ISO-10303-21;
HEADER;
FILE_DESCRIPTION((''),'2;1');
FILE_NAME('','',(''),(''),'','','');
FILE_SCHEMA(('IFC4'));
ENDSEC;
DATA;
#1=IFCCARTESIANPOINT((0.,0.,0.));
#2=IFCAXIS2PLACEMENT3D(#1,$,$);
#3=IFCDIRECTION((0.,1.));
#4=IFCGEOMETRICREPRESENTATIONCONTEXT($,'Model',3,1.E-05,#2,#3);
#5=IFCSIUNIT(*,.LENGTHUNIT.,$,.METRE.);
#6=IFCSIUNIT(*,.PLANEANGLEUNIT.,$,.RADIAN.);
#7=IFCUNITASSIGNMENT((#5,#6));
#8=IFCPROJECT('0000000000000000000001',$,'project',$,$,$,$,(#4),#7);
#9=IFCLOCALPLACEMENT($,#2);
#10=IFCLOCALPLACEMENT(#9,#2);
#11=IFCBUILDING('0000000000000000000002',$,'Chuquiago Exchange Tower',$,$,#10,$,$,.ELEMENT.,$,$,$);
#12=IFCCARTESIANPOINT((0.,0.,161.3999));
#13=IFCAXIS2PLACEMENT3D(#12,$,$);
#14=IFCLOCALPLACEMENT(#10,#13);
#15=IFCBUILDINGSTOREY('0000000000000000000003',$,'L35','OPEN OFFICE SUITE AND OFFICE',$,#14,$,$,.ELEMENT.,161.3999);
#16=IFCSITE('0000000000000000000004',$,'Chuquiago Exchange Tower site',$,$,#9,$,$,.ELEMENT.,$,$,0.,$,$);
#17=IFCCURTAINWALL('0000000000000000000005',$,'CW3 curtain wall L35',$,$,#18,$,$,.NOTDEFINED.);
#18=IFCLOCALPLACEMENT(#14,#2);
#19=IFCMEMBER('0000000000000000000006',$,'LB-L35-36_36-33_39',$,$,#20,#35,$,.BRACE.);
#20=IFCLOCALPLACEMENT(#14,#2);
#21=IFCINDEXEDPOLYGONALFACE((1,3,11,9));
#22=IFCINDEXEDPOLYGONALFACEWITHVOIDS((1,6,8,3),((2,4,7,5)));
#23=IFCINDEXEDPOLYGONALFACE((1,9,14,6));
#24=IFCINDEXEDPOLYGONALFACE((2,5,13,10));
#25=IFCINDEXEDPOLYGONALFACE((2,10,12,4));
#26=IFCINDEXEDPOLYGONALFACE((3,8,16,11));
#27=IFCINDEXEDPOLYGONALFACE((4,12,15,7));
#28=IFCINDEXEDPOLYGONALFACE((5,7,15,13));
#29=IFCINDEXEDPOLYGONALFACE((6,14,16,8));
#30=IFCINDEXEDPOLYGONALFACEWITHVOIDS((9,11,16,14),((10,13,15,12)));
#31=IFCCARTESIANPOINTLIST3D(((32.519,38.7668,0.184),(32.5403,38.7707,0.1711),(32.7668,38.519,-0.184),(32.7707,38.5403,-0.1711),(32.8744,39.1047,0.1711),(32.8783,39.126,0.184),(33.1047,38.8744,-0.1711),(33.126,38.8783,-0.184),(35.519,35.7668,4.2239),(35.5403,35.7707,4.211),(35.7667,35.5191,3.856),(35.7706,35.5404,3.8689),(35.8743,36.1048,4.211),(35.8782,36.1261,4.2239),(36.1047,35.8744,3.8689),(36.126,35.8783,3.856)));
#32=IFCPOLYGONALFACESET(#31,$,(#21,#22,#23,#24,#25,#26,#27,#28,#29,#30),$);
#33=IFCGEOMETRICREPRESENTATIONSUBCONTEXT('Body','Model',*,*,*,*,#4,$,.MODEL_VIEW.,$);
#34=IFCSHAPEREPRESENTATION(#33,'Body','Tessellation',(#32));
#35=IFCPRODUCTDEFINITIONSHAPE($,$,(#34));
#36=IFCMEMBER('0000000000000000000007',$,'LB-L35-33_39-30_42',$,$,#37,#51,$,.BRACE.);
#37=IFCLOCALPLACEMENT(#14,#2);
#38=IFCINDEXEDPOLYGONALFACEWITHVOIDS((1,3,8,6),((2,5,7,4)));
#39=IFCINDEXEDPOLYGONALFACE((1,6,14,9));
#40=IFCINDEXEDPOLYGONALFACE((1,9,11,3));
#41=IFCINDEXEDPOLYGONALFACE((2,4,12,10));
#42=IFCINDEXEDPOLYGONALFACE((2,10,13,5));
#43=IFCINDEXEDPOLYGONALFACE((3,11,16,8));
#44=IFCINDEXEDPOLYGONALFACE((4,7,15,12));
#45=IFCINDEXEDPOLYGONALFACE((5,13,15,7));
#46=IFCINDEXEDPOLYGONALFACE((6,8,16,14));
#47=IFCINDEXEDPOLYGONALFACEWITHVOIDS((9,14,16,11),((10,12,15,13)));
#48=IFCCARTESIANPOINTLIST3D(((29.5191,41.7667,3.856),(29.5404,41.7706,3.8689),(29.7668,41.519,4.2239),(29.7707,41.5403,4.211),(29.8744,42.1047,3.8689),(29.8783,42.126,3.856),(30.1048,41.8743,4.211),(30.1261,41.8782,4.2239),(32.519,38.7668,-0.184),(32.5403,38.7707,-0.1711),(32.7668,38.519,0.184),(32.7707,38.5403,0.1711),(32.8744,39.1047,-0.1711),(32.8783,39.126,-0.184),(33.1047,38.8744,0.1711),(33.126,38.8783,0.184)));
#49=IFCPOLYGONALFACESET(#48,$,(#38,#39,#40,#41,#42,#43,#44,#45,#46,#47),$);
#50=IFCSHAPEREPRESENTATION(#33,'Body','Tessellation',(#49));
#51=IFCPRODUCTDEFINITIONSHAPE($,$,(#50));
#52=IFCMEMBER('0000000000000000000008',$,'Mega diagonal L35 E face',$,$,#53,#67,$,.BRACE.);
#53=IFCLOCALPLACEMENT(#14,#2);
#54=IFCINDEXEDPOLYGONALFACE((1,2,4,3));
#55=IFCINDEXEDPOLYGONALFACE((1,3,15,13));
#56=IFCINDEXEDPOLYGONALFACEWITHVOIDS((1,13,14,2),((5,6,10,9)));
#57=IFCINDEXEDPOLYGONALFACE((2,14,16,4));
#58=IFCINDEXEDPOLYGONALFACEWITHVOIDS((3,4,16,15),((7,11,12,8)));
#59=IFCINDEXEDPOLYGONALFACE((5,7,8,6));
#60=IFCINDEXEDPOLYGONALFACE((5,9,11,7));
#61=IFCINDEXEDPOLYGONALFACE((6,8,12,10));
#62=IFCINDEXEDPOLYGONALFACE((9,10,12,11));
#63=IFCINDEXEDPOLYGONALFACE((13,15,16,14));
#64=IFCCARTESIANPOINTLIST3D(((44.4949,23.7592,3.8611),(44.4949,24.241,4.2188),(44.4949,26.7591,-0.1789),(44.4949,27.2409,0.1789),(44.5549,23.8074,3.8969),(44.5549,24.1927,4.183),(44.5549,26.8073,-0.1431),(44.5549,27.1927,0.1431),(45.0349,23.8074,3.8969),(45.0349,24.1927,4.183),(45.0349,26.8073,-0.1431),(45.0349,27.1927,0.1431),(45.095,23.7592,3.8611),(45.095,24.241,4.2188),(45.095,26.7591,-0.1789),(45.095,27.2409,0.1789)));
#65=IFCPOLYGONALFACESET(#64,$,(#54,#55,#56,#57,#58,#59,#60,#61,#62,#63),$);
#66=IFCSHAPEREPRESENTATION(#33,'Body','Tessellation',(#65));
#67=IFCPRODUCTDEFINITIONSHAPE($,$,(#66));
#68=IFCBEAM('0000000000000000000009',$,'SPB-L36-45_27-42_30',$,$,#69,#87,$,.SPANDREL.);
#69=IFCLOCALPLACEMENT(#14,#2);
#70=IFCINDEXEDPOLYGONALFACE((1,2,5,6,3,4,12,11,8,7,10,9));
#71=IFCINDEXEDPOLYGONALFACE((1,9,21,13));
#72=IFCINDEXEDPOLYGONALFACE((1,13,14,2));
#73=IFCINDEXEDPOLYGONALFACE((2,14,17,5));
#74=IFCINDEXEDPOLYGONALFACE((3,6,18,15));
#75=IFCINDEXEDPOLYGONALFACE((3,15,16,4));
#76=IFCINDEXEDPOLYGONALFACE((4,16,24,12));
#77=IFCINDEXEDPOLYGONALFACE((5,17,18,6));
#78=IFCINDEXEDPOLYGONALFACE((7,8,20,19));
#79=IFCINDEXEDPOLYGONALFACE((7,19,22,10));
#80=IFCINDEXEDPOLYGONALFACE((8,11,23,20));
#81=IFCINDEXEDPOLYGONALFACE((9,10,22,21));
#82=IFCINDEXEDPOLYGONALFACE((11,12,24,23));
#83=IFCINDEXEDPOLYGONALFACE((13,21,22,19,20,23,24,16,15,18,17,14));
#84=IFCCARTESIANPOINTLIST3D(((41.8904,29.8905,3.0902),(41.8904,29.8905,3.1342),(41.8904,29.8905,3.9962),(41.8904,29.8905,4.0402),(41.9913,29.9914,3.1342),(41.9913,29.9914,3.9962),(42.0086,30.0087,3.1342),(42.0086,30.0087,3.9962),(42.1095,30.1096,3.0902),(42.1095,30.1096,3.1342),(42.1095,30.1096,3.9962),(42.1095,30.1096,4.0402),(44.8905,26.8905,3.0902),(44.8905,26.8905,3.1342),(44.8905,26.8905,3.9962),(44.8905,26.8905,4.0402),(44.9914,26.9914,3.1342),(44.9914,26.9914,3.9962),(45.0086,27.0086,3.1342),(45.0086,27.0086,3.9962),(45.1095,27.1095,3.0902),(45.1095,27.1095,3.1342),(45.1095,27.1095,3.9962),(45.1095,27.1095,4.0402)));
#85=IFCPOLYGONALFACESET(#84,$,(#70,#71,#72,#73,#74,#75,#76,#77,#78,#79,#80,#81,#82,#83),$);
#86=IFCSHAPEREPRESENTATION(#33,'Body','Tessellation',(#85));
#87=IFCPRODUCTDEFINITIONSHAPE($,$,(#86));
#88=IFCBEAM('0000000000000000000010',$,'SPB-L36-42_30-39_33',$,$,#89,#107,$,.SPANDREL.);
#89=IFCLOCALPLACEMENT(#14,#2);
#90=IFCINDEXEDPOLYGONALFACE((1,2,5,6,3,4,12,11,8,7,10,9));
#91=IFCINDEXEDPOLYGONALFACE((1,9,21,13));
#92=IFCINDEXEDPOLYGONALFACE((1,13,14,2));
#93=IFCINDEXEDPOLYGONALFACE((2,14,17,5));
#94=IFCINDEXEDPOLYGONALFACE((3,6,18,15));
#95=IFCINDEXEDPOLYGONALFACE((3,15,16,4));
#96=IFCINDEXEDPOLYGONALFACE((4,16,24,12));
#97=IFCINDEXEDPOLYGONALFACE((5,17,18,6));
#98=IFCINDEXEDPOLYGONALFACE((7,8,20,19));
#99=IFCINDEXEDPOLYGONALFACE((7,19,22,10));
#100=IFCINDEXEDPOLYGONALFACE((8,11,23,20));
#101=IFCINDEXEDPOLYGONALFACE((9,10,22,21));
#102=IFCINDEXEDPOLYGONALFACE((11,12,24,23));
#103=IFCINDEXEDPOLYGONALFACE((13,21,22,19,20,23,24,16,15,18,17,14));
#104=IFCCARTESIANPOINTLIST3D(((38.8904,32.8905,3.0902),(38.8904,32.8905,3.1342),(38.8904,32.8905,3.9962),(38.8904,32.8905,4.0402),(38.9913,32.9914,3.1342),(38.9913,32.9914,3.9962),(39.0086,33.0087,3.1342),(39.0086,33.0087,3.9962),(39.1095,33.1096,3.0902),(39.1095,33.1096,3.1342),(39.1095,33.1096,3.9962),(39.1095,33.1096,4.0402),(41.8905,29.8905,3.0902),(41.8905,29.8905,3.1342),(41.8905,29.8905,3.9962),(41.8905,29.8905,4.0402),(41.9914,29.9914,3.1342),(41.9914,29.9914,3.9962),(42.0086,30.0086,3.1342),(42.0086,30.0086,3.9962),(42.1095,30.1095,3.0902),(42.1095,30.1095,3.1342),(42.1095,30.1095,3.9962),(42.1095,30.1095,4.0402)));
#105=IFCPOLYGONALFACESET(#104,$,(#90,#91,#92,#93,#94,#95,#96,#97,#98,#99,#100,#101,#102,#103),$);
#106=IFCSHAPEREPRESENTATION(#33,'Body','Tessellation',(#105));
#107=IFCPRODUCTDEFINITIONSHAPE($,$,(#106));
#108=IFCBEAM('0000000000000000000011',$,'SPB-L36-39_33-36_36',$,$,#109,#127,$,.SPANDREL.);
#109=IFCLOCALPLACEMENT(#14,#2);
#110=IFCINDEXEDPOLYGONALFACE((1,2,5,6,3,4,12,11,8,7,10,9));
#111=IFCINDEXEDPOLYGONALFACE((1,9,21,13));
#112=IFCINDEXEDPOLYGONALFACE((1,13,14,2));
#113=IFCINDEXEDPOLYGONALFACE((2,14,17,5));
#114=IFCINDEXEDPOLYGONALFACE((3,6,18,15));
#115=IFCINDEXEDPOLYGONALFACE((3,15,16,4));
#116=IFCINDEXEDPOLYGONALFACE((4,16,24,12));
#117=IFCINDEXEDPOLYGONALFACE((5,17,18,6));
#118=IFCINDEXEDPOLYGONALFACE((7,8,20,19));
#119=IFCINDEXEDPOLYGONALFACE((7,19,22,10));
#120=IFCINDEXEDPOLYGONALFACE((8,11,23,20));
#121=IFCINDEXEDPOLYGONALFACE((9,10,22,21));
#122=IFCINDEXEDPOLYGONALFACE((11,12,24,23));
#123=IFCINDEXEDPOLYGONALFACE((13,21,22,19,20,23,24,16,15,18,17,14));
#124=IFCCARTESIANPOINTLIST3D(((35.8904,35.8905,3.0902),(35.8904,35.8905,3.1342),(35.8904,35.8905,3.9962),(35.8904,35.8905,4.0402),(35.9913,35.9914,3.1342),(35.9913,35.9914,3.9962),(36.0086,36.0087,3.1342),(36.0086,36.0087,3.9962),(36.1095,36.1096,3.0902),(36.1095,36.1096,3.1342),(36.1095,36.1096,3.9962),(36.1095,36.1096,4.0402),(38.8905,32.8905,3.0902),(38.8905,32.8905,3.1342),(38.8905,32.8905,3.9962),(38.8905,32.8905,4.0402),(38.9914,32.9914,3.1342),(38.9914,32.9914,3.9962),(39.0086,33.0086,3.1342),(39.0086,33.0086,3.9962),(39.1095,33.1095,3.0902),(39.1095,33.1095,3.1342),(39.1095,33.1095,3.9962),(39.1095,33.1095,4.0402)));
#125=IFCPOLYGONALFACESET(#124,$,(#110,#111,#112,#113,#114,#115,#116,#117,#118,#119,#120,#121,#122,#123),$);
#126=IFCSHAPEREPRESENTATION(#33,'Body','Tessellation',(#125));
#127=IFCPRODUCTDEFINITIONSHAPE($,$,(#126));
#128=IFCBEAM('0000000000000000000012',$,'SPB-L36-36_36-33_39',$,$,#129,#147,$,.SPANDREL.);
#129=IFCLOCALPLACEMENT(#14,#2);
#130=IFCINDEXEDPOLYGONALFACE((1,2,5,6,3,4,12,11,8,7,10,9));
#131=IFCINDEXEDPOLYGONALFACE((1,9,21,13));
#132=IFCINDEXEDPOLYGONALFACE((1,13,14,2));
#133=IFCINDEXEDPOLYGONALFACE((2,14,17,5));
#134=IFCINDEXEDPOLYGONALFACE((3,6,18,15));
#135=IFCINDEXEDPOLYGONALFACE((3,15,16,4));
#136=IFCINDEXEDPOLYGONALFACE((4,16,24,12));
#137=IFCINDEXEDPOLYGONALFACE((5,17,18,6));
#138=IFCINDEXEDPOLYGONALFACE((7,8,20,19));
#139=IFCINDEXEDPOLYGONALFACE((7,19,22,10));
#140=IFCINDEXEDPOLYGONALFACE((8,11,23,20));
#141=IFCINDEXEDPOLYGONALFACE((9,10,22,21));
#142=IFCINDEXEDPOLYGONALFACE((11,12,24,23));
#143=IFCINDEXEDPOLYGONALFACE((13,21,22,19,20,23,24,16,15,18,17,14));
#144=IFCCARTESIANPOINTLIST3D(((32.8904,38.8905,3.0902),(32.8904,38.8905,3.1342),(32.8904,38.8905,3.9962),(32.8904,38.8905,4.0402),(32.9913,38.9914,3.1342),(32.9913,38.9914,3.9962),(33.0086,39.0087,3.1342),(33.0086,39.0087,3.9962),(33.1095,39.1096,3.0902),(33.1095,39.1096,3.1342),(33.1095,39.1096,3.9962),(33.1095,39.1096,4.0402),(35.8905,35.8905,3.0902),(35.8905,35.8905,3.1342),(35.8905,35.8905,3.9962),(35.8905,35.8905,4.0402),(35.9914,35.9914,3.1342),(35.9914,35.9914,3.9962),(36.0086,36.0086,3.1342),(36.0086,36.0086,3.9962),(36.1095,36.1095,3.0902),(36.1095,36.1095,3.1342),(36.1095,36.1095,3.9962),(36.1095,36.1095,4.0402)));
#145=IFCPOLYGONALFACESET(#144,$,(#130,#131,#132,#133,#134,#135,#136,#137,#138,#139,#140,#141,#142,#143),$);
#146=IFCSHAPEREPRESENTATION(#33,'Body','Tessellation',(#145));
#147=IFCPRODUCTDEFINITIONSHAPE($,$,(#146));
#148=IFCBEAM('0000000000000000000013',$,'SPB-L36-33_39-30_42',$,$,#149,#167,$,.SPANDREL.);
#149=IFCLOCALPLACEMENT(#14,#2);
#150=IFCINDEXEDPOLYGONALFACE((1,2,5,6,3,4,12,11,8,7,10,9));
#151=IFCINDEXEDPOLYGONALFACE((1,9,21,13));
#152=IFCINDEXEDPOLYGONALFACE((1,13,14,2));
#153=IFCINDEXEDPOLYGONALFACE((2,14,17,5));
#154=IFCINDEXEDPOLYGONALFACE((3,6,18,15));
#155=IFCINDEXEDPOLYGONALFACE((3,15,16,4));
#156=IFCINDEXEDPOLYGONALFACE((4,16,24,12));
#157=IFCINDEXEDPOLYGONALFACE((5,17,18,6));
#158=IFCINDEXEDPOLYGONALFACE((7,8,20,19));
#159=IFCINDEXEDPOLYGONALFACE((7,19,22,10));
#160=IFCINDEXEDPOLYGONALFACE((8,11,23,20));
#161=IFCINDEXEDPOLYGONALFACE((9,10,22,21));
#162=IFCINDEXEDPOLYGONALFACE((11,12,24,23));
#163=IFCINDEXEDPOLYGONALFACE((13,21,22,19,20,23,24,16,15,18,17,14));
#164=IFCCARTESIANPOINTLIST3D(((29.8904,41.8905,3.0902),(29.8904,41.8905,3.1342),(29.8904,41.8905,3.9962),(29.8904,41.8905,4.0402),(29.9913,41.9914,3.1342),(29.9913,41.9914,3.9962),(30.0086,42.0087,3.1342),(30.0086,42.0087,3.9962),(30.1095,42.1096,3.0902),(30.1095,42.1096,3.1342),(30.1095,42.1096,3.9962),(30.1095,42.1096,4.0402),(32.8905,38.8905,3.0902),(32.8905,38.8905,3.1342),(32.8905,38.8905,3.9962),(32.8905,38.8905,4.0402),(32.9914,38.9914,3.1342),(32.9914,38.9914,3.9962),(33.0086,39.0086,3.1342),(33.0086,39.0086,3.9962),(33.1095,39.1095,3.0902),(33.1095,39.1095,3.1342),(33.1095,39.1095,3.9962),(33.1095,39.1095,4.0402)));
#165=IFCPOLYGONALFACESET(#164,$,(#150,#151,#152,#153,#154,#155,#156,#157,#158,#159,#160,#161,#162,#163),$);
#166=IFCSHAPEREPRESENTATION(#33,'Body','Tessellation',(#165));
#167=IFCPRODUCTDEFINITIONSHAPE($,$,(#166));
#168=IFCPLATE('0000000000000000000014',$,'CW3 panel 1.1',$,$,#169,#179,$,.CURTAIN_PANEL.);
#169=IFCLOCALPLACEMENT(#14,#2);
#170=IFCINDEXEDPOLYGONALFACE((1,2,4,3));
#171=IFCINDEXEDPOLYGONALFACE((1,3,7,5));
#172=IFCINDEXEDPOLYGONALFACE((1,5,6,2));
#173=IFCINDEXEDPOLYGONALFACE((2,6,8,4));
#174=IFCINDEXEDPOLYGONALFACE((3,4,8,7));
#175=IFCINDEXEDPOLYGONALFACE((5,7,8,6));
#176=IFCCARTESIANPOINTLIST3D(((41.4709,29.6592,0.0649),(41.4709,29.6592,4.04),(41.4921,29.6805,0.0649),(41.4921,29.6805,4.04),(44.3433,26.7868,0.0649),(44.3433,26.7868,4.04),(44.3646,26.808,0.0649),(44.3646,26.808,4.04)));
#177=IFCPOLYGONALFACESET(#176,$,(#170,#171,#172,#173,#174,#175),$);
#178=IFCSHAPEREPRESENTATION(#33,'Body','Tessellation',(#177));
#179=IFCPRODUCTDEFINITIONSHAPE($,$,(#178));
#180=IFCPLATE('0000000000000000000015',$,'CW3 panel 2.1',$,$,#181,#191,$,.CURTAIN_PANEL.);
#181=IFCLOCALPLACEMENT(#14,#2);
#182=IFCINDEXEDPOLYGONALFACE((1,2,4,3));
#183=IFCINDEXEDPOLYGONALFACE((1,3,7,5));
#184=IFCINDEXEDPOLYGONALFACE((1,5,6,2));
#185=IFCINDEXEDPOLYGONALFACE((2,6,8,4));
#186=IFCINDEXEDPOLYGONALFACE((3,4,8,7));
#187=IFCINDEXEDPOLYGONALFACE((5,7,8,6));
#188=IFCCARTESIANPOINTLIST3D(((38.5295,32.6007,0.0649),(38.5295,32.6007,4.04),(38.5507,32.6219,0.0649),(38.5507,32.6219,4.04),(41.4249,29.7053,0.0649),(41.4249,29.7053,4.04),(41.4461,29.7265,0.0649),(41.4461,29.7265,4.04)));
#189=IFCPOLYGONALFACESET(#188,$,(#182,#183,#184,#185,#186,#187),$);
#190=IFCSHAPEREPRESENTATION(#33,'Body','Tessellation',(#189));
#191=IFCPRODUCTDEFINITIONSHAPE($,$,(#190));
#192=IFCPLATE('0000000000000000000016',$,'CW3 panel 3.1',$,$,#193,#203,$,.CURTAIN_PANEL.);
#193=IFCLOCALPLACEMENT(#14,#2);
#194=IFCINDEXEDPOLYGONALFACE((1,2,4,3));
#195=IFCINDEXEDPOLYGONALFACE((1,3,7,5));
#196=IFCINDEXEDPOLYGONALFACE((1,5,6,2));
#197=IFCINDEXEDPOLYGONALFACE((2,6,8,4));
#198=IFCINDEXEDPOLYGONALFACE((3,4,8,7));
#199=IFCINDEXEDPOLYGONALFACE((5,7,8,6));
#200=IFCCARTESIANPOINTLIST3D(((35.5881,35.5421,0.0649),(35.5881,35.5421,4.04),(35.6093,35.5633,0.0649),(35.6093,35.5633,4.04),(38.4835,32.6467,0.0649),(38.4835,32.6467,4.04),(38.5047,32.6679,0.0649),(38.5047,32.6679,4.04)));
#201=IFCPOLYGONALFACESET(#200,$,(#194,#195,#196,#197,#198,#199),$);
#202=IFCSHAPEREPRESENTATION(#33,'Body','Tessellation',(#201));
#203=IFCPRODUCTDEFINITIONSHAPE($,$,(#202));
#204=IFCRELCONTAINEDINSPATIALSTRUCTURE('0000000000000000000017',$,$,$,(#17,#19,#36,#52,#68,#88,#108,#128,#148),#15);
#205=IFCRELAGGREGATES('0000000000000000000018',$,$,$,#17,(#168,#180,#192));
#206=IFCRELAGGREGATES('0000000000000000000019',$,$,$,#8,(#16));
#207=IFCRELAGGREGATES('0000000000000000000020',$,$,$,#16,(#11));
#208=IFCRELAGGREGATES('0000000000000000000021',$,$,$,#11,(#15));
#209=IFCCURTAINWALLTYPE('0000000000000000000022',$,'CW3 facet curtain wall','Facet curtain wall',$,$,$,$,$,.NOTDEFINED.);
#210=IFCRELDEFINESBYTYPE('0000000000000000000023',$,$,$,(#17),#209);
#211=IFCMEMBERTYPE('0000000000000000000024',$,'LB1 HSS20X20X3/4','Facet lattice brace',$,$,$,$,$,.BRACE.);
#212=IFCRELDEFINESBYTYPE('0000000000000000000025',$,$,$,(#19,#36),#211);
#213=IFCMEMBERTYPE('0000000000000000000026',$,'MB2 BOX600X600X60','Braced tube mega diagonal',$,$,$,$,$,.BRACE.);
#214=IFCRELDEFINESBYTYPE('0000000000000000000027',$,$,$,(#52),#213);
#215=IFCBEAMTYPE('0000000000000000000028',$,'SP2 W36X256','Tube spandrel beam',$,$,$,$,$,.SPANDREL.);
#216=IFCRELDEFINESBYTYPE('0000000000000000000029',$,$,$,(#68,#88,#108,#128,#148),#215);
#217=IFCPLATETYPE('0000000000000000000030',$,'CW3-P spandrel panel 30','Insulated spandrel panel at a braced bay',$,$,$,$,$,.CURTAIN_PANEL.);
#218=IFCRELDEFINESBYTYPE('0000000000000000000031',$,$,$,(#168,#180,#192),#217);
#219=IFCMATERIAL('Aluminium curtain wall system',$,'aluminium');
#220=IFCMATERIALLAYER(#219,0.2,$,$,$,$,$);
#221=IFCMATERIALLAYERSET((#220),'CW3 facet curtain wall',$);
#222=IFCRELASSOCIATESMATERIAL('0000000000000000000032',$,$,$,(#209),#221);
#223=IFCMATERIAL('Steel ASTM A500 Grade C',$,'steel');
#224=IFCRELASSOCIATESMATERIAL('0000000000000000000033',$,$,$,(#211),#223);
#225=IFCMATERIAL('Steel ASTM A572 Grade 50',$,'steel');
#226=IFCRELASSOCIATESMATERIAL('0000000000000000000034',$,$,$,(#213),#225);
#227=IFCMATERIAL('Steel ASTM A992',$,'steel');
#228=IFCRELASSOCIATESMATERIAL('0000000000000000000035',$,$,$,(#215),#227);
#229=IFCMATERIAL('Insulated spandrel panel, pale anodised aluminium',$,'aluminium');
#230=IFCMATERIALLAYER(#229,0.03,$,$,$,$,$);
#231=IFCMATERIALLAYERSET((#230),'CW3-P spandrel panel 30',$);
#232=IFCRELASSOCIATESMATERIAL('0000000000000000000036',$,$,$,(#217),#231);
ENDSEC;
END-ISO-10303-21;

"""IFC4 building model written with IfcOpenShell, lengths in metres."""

from ifc_helpers import new_model, si_unit, direction, frame, origin, origin_2d, place, context, subcontext, project, spatial, rectangle, hollow_rectangle, i_section, extrude, material, layer, layer_set, material_profile, profile_set, type_object, element, aggregate, save


model = new_model("IFC4")

# Units and contexts
model_context = context("Model", 3, precision=1e-05, world=origin(), true_north=direction((0.0, 1.0)))
body_context = subcontext(model_context, "Body", "Model", "MODEL_VIEW")
ifc_project = project(units=[si_unit("LENGTHUNIT", "METRE"), si_unit("PLANEANGLEUNIT", "RADIAN")], contexts=[model_context])

# Site, building, storey
site_placement = place(None, origin())
site = spatial("IfcSite", under=ifc_project, at=site_placement, Name="Chuquiago Exchange Tower site", CompositionType="ELEMENT", RefElevation=0.0)
building_placement = place(site_placement, origin())
building = spatial("IfcBuilding", under=site, at=building_placement, Name="Chuquiago Exchange Tower", CompositionType="ELEMENT")
storey_placement = place(building_placement, frame((0.0, 0.0, 161.3999)))
storey = spatial("IfcBuildingStorey", under=building, at=storey_placement, Name="L35", Description="OPEN OFFICE SUITE AND OFFICE", CompositionType="ELEMENT", Elevation=161.3999)

# Curtain wall
ifc_material_1 = material(Name="Aluminium curtain wall system", Category="aluminium")
ifc_layer_1 = layer(ifc_material_1, 0.2)
ifc_layer_set_1 = layer_set([ifc_layer_1], Name="CW3 facet curtain wall")
curtain_wall_type = type_object("IfcCurtainWallType", Name="CW3 facet curtain wall", Description="Facet curtain wall", PredefinedType="NOTDEFINED", material=ifc_layer_set_1)
curtain_wall_placement = place(storey_placement, origin())
curtain_wall = element("IfcCurtainWall", 1, at=curtain_wall_placement, inside=storey, type_object=curtain_wall_type, Name="CW3 curtain wall L35", PredefinedType="NOTDEFINED")

# Members
ifc_material_2 = material(Name="Steel ASTM A500 Grade C", Category="steel")
ifc_material_profile_1 = material_profile(ifc_material_2, hollow_rectangle(XDim=0.5081, YDim=0.5081, WallThickness=0.0178, at=origin_2d()), Name="HSS20X20X3/4")
ifc_profile_set_1 = profile_set([ifc_material_profile_1], Name="Steel ASTM A500 Grade C")
member_type_1 = type_object("IfcMemberType", Name="LB1 HSS20X20X3/4", Description="Facet lattice brace", PredefinedType="BRACE", material=ifc_profile_set_1)
for number, where, z_axis, x_axis, name in (
    (2, (32.8225, 38.8225, 0.0), (0.512077, -0.512077, 0.689604), (0.707107, 0.707107, 0.0), "LB-L35-36_36-33_39"),
    (3, (32.8225, 38.8225, 0.0), (-0.512077, 0.512077, 0.689604), (-0.707107, -0.707107, 0.0), "LB-L35-33_39-30_42"),
):
    element("IfcMember", number, at=place(storey_placement, frame(where, z_axis=z_axis, x_axis=x_axis)), inside=storey, type_object=member_type_1, Name=name, PredefinedType="BRACE", context=body_context, shape_type="SweptSolid", body=[
        extrude(hollow_rectangle(XDim=0.5081, YDim=0.5081, WallThickness=0.0178, at=origin_2d()), origin(), (0.0, 0.0, 1.0), 5.8584),
    ])
ifc_material_3 = material(Name="Steel ASTM A572 Grade 50", Category="steel")
ifc_material_profile_2 = material_profile(ifc_material_3, hollow_rectangle(XDim=0.6001, YDim=0.6001, WallThickness=0.0601, at=origin_2d()), Name="BOX600X600X60")
ifc_profile_set_2 = profile_set([ifc_material_profile_2], Name="Steel ASTM A572 Grade 50")
member_type_2 = type_object("IfcMemberType", Name="MB2 BOX600X600X60", Description="Braced tube mega diagonal", PredefinedType="BRACE", material=ifc_profile_set_2)
member_1_placement = place(storey_placement, frame((44.7949, 27.0, 0.0), z_axis=(0.0, -0.596174, 0.802855), x_axis=(1.0, 0.0, 0.0)))
element("IfcMember", 4, at=member_1_placement, inside=storey, type_object=member_type_2, Name="Mega diagonal L35 E face", PredefinedType="BRACE", context=body_context, shape_type="SweptSolid", body=[
    extrude(hollow_rectangle(XDim=0.6001, YDim=0.6001, WallThickness=0.0601, at=origin_2d()), origin(), (0.0, 0.0, 1.0), 5.032),
])

# Beams
ifc_material_4 = material(Name="Steel ASTM A992", Category="steel")
ifc_material_profile_3 = material_profile(ifc_material_4, i_section(OverallWidth=0.3098, OverallDepth=0.95, WebThickness=0.0244, FlangeThickness=0.0439, at=origin_2d()), Name="W36X256")
ifc_profile_set_3 = profile_set([ifc_material_profile_3], Name="Steel ASTM A992")
beam_type_1 = type_object("IfcBeamType", Name="SP2 W36X256", Description="Tube spandrel beam", PredefinedType="SPANDREL", material=ifc_profile_set_3)
for number, where, z_axis, x_axis, name in (
    (5, (45.0, 27.0, 3.5652), (-0.707107, 0.707107, 0.0), (-0.707107, -0.707107, 0.0), "SPB-L36-45_27-42_30"),
    (6, (42.0, 30.0, 3.5652), (-0.707107, 0.707107, 0.0), (-0.707107, -0.707107, 0.0), "SPB-L36-42_30-39_33"),
    (7, (39.0, 33.0, 3.5652), (-0.707107, 0.707107, 0.0), (-0.707107, -0.707107, 0.0), "SPB-L36-39_33-36_36"),
    (8, (36.0, 36.0, 3.5652), (-0.707107, 0.707107, 0.0), (-0.707107, -0.707107, 0.0), "SPB-L36-36_36-33_39"),
    (9, (33.0, 39.0, 3.5652), (-0.707107, 0.707107, 0.0), (-0.707107, -0.707107, 0.0), "SPB-L36-33_39-30_42"),
):
    element("IfcBeam", number, at=place(storey_placement, frame(where, z_axis=z_axis, x_axis=x_axis)), inside=storey, type_object=beam_type_1, Name=name, PredefinedType="SPANDREL", context=body_context, shape_type="SweptSolid", body=[
        extrude(i_section(OverallWidth=0.3098, OverallDepth=0.95, WebThickness=0.0244, FlangeThickness=0.0439, at=origin_2d()), origin(), (0.0, 0.0, 1.0), 4.2427),
    ])

# Plates
ifc_material_5 = material(Name="Insulated spandrel panel, pale anodised aluminium", Category="aluminium")
ifc_layer_2 = layer(ifc_material_5, 0.03)
ifc_layer_set_2 = layer_set([ifc_layer_2], Name="CW3-P spandrel panel 30")
plate_type = type_object("IfcPlateType", Name="CW3-P spandrel panel 30", Description="Insulated spandrel panel at a braced bay", PredefinedType="CURTAIN_PANEL", material=ifc_layer_set_2)
plate_1_placement = place(storey_placement, frame((42.9177, 28.2336, 0.0649), z_axis=(0.0, 0.0, 1.0), x_axis=(-0.707107, 0.707107, 0.0)))
plate_1 = element("IfcPlate", 10, at=plate_1_placement, type_object=plate_type, Name="CW3 panel 1.1", PredefinedType="CURTAIN_PANEL", context=body_context, shape_type="SweptSolid", body=[
    extrude(rectangle(XDim=4.0623, YDim=0.03, at=origin_2d()), origin(), (0.0, 0.0, 1.0), 3.9751),
])
plate_2_placement = place(storey_placement, frame((39.9878, 31.1636, 0.0649), z_axis=(0.0, 0.0, 1.0), x_axis=(-0.707107, 0.707107, 0.0)))
plate_2 = element("IfcPlate", 11, at=plate_2_placement, type_object=plate_type, Name="CW3 panel 2.1", PredefinedType="CURTAIN_PANEL", context=body_context, shape_type="SweptSolid", body=[
    extrude(rectangle(XDim=4.0947, YDim=0.03, at=origin_2d()), origin(), (0.0, 0.0, 1.0), 3.9751),
])
plate_3_placement = place(storey_placement, frame((37.0464, 34.105, 0.0649), z_axis=(0.0, 0.0, 1.0), x_axis=(-0.707107, 0.707107, 0.0)))
plate_3 = element("IfcPlate", 12, at=plate_3_placement, type_object=plate_type, Name="CW3 panel 3.1", PredefinedType="CURTAIN_PANEL", context=body_context, shape_type="SweptSolid", body=[
    extrude(rectangle(XDim=4.0947, YDim=0.03, at=origin_2d()), origin(), (0.0, 0.0, 1.0), 3.9751),
])
aggregate(curtain_wall, [plate_1, plate_2, plate_3])

save(model, "model.ifc")
